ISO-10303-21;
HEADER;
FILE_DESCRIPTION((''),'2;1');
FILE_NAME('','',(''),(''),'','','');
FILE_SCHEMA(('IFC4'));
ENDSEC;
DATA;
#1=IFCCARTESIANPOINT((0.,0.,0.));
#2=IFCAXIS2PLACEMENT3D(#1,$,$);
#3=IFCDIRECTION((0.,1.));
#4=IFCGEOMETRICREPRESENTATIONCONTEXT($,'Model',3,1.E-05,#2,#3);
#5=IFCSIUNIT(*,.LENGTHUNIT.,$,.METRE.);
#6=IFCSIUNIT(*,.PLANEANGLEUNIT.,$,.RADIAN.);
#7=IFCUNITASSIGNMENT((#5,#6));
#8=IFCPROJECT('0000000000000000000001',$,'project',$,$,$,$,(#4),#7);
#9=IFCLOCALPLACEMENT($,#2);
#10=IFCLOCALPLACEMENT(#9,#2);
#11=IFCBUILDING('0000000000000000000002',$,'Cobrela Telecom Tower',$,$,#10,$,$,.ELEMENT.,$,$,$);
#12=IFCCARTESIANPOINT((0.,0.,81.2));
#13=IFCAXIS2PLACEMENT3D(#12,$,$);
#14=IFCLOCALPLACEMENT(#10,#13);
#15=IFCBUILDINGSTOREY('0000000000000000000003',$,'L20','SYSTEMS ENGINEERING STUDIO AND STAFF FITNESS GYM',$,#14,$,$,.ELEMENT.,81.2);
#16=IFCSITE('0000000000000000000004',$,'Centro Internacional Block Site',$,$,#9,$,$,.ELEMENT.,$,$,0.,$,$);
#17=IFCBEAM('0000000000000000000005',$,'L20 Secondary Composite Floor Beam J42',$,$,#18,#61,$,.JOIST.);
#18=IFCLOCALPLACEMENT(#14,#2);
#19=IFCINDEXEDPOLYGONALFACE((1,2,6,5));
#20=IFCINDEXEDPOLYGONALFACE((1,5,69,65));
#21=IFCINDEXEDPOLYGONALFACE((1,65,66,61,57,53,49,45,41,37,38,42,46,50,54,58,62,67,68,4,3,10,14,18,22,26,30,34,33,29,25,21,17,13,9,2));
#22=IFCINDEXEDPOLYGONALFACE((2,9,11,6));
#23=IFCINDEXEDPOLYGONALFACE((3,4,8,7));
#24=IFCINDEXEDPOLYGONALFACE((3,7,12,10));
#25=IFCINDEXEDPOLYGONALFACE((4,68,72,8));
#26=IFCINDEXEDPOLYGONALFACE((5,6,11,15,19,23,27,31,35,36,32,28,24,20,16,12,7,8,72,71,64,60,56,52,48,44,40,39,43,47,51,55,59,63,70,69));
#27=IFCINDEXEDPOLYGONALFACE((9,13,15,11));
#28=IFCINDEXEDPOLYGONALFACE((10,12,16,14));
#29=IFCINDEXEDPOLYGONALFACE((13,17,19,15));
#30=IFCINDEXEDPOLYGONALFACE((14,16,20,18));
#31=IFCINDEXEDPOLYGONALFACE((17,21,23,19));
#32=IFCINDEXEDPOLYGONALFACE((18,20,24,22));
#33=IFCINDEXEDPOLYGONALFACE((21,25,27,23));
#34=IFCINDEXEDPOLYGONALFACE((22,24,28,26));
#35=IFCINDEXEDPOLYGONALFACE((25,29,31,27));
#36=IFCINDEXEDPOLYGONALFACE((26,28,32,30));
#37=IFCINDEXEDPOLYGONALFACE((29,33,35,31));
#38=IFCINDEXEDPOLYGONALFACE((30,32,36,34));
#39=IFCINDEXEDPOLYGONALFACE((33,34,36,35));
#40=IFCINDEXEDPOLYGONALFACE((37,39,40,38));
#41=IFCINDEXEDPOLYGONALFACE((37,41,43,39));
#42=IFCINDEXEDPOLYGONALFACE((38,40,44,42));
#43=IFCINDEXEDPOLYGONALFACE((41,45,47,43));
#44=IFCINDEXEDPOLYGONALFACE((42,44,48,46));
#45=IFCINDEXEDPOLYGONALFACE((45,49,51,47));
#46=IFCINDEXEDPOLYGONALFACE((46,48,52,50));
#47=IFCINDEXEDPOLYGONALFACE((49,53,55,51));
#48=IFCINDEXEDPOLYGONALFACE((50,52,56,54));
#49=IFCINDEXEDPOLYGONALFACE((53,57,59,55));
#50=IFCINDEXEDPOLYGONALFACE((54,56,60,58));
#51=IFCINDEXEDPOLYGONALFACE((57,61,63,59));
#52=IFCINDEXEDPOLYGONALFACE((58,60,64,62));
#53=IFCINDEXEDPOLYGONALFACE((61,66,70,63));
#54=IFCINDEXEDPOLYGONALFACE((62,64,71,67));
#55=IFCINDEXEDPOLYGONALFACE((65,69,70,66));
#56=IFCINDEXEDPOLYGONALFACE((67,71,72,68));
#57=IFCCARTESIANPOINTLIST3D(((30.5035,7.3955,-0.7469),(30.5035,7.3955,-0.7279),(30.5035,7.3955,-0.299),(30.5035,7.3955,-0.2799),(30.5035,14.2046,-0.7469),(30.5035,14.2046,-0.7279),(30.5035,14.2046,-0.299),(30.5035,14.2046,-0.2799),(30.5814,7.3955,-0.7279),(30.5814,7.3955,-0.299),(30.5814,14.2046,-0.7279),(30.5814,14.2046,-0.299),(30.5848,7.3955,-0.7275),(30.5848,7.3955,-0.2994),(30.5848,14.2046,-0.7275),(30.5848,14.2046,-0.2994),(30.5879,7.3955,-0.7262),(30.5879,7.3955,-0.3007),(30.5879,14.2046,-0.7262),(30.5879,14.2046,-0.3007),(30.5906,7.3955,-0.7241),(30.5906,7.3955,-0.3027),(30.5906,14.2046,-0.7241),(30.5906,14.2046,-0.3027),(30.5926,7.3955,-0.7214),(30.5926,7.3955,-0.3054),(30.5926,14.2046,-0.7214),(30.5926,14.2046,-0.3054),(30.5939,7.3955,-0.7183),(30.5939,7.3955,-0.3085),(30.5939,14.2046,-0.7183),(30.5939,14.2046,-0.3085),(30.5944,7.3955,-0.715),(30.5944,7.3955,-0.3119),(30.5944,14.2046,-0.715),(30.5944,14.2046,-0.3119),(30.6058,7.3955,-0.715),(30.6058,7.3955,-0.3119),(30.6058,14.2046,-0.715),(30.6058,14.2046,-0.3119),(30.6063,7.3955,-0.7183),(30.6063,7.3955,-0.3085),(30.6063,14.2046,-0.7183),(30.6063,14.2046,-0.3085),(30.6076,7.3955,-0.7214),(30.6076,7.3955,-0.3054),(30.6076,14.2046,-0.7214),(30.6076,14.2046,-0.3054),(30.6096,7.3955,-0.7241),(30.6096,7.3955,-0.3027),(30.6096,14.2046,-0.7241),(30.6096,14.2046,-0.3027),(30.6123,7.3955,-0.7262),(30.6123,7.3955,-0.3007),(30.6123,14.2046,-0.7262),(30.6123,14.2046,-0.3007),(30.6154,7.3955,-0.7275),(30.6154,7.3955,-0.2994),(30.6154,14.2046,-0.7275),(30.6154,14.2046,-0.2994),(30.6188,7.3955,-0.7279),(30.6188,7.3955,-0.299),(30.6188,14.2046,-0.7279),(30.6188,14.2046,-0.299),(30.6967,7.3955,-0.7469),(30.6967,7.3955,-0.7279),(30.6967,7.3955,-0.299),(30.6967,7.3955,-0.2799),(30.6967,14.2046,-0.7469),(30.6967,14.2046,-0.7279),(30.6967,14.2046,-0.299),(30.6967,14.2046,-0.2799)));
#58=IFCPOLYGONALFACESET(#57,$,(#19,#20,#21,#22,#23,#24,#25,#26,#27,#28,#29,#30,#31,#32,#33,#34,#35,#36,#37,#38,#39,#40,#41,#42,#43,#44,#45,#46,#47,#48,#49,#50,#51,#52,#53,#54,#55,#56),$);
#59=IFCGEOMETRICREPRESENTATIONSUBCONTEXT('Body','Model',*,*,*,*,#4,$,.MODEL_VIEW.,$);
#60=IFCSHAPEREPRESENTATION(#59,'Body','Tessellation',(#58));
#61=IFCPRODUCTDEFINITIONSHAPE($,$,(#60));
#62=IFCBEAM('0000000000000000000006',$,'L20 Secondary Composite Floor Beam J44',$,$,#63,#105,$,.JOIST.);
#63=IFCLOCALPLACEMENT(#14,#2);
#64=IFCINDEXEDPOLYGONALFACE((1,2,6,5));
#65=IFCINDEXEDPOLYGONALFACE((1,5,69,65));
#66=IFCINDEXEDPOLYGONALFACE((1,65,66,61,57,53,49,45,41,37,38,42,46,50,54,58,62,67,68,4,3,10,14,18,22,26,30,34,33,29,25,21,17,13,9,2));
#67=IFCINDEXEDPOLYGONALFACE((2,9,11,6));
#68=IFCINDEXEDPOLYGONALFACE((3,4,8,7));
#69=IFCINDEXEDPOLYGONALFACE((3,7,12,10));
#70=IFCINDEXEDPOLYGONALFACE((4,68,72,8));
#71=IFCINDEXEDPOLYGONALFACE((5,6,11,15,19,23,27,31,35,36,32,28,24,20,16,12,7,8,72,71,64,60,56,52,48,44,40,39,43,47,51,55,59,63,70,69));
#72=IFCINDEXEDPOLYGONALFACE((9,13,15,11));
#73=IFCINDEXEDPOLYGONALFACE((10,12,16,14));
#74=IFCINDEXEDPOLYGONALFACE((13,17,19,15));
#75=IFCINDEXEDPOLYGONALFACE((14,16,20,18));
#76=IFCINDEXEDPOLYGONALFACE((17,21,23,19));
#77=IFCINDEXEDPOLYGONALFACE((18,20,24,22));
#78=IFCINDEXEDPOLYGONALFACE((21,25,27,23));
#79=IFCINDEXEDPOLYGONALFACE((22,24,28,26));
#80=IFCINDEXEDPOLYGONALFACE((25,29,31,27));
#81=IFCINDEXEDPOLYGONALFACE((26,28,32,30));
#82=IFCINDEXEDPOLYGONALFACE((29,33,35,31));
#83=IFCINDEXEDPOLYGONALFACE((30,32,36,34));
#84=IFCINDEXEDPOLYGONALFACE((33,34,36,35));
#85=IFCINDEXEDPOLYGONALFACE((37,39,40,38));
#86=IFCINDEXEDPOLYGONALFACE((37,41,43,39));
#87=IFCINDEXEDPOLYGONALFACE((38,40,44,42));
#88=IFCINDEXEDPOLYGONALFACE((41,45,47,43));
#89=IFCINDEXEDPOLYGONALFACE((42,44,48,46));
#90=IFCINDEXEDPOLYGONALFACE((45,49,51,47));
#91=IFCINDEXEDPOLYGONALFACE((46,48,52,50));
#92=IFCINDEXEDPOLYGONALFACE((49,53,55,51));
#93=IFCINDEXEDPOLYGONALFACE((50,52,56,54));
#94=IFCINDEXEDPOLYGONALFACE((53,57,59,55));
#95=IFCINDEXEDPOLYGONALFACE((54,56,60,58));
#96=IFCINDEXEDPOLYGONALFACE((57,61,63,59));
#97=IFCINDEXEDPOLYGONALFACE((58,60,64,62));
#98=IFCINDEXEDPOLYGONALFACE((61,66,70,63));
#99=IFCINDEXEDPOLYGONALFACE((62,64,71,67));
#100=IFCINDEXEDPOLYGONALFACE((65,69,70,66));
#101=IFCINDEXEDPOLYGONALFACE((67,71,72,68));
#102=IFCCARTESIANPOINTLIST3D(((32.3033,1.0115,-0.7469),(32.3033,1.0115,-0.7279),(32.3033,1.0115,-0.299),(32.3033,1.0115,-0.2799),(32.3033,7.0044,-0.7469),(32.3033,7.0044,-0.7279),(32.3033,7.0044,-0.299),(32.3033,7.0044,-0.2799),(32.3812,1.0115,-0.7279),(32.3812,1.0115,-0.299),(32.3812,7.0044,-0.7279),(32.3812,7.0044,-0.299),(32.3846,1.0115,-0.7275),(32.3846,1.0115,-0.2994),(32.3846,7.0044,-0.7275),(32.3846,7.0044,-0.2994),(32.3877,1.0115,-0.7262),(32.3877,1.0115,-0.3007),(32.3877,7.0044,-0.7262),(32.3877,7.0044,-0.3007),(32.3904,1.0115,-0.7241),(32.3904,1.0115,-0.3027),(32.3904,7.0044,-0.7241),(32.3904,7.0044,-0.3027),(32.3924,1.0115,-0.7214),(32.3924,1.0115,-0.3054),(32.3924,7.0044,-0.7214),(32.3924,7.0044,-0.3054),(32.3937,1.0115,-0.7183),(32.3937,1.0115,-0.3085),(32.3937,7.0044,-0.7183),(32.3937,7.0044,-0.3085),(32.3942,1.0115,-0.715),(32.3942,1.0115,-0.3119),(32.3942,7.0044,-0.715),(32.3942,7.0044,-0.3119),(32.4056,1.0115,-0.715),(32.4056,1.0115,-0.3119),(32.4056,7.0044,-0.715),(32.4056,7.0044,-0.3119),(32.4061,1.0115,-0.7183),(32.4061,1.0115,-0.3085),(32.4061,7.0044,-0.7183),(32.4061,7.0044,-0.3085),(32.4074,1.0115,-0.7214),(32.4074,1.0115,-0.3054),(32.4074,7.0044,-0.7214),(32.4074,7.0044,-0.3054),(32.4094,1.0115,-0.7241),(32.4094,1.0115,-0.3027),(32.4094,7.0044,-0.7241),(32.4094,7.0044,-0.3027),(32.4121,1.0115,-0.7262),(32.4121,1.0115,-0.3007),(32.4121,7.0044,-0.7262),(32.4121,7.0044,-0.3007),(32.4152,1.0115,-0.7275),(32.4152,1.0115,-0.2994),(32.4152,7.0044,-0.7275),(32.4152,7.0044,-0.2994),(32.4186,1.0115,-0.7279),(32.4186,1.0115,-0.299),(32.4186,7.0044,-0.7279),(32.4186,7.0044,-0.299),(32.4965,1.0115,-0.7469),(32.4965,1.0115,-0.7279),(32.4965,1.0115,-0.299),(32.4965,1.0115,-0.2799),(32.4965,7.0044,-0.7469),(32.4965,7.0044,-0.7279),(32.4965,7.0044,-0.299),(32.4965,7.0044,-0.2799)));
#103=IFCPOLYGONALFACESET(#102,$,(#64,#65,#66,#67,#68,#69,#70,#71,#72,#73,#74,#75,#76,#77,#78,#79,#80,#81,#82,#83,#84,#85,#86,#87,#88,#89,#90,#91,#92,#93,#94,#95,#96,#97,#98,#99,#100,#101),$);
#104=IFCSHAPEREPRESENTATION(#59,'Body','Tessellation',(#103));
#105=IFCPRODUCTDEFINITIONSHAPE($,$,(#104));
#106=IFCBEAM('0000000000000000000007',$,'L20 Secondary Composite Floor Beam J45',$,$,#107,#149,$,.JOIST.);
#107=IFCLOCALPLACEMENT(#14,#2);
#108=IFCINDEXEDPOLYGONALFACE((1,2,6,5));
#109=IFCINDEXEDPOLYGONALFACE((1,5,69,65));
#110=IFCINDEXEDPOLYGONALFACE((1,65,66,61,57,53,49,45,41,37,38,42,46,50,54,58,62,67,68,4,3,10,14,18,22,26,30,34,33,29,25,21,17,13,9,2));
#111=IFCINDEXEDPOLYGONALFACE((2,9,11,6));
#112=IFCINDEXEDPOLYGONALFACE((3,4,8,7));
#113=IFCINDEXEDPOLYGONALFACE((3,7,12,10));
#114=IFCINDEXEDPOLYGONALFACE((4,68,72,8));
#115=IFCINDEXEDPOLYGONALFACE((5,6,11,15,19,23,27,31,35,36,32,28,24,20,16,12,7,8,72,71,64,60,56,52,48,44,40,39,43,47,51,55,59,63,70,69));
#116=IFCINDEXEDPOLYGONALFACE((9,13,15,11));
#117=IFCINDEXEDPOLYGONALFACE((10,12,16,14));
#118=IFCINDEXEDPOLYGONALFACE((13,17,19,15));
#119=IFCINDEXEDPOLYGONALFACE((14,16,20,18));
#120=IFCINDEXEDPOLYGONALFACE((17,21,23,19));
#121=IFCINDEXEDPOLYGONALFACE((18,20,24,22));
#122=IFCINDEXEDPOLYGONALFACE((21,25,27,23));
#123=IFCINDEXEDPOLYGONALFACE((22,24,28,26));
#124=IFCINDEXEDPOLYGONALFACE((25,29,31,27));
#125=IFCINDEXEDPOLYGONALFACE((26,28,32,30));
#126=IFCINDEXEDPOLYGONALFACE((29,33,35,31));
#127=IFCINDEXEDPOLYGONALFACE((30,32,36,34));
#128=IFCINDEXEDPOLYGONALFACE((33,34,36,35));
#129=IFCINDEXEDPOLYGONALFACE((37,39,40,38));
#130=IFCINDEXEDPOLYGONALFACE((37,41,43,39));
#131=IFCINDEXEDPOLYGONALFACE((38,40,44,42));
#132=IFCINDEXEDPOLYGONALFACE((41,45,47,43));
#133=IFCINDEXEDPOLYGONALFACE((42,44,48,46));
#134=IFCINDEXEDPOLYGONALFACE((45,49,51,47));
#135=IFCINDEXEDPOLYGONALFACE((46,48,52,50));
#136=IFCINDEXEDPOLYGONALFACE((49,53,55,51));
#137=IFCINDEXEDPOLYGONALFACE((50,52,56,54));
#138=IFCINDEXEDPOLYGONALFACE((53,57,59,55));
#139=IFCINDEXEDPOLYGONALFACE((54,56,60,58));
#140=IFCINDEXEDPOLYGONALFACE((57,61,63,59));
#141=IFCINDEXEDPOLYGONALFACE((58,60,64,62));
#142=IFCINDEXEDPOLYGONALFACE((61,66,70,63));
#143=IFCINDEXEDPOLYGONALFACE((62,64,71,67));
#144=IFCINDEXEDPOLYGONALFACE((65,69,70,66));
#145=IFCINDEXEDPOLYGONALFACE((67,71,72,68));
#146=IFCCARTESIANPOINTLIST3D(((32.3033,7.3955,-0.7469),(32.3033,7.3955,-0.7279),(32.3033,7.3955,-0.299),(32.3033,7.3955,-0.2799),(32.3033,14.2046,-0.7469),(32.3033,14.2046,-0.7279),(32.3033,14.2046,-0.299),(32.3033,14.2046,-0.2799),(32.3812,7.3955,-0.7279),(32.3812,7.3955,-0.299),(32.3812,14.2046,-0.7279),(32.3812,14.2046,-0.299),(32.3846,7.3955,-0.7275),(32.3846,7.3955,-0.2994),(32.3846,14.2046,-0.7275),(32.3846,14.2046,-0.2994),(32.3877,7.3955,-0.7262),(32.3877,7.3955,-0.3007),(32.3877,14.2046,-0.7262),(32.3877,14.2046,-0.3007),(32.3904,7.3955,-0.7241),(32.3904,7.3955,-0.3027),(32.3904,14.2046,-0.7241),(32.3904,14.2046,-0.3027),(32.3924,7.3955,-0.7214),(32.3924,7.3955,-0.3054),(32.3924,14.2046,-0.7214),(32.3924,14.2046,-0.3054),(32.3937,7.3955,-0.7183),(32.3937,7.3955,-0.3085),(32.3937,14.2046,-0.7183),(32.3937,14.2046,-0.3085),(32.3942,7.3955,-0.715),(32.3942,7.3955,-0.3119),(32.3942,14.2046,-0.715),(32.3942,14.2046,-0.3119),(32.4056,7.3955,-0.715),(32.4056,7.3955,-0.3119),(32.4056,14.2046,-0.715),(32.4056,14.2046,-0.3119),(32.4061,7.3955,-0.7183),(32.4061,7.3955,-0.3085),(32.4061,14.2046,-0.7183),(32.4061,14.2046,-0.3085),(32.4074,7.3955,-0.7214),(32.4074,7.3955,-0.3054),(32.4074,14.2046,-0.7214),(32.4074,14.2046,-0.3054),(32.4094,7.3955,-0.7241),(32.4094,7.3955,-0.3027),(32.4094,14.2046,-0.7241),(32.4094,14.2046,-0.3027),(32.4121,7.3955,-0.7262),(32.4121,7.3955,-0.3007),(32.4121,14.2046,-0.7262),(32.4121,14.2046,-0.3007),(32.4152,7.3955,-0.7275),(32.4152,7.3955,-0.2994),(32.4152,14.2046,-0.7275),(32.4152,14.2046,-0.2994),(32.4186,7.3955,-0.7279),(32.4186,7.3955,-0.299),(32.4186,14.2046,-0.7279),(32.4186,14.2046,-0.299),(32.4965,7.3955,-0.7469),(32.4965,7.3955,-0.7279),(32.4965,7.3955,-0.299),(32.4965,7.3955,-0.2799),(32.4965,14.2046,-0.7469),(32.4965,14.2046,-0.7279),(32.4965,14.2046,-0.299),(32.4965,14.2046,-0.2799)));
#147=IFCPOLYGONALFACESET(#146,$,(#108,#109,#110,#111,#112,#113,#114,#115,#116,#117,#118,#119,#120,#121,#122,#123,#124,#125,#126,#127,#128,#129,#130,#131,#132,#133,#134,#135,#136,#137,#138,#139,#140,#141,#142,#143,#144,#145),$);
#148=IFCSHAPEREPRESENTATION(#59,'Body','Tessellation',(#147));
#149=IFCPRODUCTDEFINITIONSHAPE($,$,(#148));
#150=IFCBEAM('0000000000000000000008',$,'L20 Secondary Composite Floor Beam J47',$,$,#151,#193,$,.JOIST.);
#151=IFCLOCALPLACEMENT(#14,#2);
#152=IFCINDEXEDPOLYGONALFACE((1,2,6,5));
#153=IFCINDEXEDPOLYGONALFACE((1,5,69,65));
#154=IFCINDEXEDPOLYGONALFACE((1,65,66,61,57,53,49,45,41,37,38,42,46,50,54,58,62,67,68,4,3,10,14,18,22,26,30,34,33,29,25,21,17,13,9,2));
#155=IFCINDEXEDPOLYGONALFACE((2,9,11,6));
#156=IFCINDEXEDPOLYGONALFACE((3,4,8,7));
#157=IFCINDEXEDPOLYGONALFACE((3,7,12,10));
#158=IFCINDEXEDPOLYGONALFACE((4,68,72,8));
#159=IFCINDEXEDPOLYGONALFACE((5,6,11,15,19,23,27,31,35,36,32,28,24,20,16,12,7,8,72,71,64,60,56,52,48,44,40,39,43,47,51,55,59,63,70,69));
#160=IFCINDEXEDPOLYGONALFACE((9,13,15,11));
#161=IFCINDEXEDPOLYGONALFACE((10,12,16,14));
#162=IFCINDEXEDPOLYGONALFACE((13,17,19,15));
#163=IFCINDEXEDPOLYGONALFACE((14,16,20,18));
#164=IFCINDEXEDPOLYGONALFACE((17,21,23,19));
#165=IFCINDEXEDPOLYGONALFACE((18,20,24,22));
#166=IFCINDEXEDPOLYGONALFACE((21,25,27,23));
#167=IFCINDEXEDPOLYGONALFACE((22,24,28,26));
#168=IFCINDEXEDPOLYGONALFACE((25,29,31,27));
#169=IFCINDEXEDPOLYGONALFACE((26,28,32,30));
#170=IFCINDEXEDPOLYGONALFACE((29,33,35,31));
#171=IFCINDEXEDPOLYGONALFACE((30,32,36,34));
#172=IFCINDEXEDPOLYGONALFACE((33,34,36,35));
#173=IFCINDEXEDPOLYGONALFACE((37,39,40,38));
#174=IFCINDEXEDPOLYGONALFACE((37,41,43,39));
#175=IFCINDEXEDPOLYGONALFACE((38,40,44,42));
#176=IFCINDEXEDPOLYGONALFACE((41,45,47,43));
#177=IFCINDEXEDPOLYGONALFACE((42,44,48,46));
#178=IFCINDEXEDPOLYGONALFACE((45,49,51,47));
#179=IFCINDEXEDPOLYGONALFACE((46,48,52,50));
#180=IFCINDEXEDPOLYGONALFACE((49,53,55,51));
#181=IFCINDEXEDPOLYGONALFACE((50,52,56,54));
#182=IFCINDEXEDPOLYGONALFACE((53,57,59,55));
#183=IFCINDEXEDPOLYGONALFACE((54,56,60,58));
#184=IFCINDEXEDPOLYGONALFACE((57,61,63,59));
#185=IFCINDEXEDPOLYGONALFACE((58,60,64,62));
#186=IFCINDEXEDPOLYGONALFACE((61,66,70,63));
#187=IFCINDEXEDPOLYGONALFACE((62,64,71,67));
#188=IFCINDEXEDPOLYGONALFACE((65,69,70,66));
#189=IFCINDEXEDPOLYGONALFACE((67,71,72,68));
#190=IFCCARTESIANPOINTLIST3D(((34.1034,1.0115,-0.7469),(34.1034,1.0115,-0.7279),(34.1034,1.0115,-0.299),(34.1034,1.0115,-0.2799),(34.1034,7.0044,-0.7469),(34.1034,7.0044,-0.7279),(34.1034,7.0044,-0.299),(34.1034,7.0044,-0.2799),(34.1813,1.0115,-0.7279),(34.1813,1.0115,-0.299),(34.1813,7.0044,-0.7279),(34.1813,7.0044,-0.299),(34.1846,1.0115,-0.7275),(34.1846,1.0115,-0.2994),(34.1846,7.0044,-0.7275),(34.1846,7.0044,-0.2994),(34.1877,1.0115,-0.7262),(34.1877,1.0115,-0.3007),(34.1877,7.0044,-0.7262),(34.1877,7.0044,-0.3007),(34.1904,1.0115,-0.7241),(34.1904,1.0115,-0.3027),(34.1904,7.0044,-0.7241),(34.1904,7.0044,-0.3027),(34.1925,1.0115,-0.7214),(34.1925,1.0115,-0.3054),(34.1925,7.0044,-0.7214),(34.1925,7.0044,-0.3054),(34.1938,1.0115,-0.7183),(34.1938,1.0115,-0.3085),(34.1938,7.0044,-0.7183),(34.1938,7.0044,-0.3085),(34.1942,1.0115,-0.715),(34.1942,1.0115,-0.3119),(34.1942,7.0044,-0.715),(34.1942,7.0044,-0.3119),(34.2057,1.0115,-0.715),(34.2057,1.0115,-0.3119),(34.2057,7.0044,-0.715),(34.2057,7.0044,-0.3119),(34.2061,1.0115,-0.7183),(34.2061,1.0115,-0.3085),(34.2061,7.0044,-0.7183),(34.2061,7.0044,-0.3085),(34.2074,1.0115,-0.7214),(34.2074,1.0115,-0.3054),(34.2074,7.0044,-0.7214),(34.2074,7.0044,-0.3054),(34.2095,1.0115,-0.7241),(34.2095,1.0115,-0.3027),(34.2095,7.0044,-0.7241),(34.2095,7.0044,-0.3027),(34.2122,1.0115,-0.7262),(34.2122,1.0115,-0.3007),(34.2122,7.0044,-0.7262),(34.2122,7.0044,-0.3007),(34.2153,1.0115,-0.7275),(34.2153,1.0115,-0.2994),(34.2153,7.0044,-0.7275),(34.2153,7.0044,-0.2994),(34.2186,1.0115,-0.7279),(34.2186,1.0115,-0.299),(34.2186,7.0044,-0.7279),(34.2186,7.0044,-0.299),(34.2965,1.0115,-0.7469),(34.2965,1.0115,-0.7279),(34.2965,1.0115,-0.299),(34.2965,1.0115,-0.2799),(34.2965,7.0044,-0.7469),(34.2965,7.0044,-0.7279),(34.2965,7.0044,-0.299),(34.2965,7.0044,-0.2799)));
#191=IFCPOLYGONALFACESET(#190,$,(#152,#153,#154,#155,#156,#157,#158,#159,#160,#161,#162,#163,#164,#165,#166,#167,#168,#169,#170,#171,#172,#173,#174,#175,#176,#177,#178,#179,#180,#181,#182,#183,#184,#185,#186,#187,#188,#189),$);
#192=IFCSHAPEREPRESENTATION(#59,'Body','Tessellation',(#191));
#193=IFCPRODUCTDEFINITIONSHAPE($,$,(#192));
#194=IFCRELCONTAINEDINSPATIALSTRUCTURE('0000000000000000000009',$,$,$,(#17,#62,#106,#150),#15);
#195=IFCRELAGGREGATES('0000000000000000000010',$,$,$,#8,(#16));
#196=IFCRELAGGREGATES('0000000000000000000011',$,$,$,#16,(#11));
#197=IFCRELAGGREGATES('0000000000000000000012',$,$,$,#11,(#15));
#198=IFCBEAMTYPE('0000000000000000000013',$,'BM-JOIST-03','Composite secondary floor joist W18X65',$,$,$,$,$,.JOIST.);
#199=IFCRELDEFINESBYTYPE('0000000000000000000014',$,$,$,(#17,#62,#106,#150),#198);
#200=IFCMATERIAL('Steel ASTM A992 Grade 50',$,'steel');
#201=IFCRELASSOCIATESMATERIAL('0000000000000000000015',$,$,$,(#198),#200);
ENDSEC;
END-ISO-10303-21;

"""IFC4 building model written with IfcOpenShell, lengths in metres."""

from ifc_helpers import new_model, si_unit, direction, frame, origin, origin_2d, place, context, subcontext, project, spatial, i_section, extrude, material, material_profile, profile_set, type_object, element, save


model = new_model("IFC4")

# Units and contexts
model_context = context("Model", 3, precision=1e-05, world=origin(), true_north=direction((0.0, 1.0)))
body_context = subcontext(model_context, "Body", "Model", "MODEL_VIEW")
ifc_project = project(units=[si_unit("LENGTHUNIT", "METRE"), si_unit("PLANEANGLEUNIT", "RADIAN")], contexts=[model_context])

# Site, building, storey
site_placement = place(None, origin())
site = spatial("IfcSite", under=ifc_project, at=site_placement, Name="Centro Internacional Block Site", CompositionType="ELEMENT", RefElevation=0.0)
building_placement = place(site_placement, origin())
building = spatial("IfcBuilding", under=site, at=building_placement, Name="Cobrela Telecom Tower", CompositionType="ELEMENT")
storey_placement = place(building_placement, frame((0.0, 0.0, 81.2)))
storey = spatial("IfcBuildingStorey", under=building, at=storey_placement, Name="L20", Description="SYSTEMS ENGINEERING STUDIO AND STAFF FITNESS GYM", CompositionType="ELEMENT", Elevation=81.2)

# Shared definitions
ifc_material_1 = material(Name="Steel ASTM A992 Grade 50", Category="steel")

# Beams
ifc_material_profile_1 = material_profile(ifc_material_1, i_section(OverallWidth=0.1931, OverallDepth=0.467, WebThickness=0.0115, FlangeThickness=0.019, FilletRadius=0.0129, at=origin_2d()), Name="W18X65")
ifc_profile_set_1 = profile_set([ifc_material_profile_1], Name="Steel ASTM A992 Grade 50")
beam_type_1 = type_object("IfcBeamType", Name="BM-JOIST-03", Description="Composite secondary floor joist W18X65", PredefinedType="JOIST", material=ifc_profile_set_1)
beam_1_placement = place(storey_placement, frame((30.6001, 7.3955, -0.5134), z_axis=(0.0, 1.0, 0.0), x_axis=(-1.0, 0.0, 0.0)))
element("IfcBeam", 1, at=beam_1_placement, inside=storey, type_object=beam_type_1, Name="L20 Secondary Composite Floor Beam J42", PredefinedType="JOIST", context=body_context, shape_type="SweptSolid", body=[
    extrude(i_section(OverallWidth=0.1931, OverallDepth=0.467, WebThickness=0.0115, FlangeThickness=0.019, FilletRadius=0.0129, at=origin_2d()), origin(), (0.0, 0.0, 1.0), 6.8091),
])
beam_2_placement = place(storey_placement, frame((32.3999, 1.0115, -0.5134), z_axis=(0.0, 1.0, 0.0), x_axis=(-1.0, 0.0, 0.0)))
element("IfcBeam", 2, at=beam_2_placement, inside=storey, type_object=beam_type_1, Name="L20 Secondary Composite Floor Beam J44", PredefinedType="JOIST", context=body_context, shape_type="SweptSolid", body=[
    extrude(i_section(OverallWidth=0.1931, OverallDepth=0.467, WebThickness=0.0115, FlangeThickness=0.019, FilletRadius=0.0129, at=origin_2d()), origin(), (0.0, 0.0, 1.0), 5.9929),
])
beam_3_placement = place(storey_placement, frame((32.3999, 7.3955, -0.5134), z_axis=(0.0, 1.0, 0.0), x_axis=(-1.0, 0.0, 0.0)))
element("IfcBeam", 3, at=beam_3_placement, inside=storey, type_object=beam_type_1, Name="L20 Secondary Composite Floor Beam J45", PredefinedType="JOIST", context=body_context, shape_type="SweptSolid", body=[
    extrude(i_section(OverallWidth=0.1931, OverallDepth=0.467, WebThickness=0.0115, FlangeThickness=0.019, FilletRadius=0.0129, at=origin_2d()), origin(), (0.0, 0.0, 1.0), 6.8091),
])
beam_4_placement = place(storey_placement, frame((34.2, 1.0115, -0.5134), z_axis=(0.0, 1.0, 0.0), x_axis=(-1.0, 0.0, 0.0)))
element("IfcBeam", 4, at=beam_4_placement, inside=storey, type_object=beam_type_1, Name="L20 Secondary Composite Floor Beam J47", PredefinedType="JOIST", context=body_context, shape_type="SweptSolid", body=[
    extrude(i_section(OverallWidth=0.1931, OverallDepth=0.467, WebThickness=0.0115, FlangeThickness=0.019, FilletRadius=0.0129, at=origin_2d()), origin(), (0.0, 0.0, 1.0), 5.9929),
])

save(model, "model.ifc")
